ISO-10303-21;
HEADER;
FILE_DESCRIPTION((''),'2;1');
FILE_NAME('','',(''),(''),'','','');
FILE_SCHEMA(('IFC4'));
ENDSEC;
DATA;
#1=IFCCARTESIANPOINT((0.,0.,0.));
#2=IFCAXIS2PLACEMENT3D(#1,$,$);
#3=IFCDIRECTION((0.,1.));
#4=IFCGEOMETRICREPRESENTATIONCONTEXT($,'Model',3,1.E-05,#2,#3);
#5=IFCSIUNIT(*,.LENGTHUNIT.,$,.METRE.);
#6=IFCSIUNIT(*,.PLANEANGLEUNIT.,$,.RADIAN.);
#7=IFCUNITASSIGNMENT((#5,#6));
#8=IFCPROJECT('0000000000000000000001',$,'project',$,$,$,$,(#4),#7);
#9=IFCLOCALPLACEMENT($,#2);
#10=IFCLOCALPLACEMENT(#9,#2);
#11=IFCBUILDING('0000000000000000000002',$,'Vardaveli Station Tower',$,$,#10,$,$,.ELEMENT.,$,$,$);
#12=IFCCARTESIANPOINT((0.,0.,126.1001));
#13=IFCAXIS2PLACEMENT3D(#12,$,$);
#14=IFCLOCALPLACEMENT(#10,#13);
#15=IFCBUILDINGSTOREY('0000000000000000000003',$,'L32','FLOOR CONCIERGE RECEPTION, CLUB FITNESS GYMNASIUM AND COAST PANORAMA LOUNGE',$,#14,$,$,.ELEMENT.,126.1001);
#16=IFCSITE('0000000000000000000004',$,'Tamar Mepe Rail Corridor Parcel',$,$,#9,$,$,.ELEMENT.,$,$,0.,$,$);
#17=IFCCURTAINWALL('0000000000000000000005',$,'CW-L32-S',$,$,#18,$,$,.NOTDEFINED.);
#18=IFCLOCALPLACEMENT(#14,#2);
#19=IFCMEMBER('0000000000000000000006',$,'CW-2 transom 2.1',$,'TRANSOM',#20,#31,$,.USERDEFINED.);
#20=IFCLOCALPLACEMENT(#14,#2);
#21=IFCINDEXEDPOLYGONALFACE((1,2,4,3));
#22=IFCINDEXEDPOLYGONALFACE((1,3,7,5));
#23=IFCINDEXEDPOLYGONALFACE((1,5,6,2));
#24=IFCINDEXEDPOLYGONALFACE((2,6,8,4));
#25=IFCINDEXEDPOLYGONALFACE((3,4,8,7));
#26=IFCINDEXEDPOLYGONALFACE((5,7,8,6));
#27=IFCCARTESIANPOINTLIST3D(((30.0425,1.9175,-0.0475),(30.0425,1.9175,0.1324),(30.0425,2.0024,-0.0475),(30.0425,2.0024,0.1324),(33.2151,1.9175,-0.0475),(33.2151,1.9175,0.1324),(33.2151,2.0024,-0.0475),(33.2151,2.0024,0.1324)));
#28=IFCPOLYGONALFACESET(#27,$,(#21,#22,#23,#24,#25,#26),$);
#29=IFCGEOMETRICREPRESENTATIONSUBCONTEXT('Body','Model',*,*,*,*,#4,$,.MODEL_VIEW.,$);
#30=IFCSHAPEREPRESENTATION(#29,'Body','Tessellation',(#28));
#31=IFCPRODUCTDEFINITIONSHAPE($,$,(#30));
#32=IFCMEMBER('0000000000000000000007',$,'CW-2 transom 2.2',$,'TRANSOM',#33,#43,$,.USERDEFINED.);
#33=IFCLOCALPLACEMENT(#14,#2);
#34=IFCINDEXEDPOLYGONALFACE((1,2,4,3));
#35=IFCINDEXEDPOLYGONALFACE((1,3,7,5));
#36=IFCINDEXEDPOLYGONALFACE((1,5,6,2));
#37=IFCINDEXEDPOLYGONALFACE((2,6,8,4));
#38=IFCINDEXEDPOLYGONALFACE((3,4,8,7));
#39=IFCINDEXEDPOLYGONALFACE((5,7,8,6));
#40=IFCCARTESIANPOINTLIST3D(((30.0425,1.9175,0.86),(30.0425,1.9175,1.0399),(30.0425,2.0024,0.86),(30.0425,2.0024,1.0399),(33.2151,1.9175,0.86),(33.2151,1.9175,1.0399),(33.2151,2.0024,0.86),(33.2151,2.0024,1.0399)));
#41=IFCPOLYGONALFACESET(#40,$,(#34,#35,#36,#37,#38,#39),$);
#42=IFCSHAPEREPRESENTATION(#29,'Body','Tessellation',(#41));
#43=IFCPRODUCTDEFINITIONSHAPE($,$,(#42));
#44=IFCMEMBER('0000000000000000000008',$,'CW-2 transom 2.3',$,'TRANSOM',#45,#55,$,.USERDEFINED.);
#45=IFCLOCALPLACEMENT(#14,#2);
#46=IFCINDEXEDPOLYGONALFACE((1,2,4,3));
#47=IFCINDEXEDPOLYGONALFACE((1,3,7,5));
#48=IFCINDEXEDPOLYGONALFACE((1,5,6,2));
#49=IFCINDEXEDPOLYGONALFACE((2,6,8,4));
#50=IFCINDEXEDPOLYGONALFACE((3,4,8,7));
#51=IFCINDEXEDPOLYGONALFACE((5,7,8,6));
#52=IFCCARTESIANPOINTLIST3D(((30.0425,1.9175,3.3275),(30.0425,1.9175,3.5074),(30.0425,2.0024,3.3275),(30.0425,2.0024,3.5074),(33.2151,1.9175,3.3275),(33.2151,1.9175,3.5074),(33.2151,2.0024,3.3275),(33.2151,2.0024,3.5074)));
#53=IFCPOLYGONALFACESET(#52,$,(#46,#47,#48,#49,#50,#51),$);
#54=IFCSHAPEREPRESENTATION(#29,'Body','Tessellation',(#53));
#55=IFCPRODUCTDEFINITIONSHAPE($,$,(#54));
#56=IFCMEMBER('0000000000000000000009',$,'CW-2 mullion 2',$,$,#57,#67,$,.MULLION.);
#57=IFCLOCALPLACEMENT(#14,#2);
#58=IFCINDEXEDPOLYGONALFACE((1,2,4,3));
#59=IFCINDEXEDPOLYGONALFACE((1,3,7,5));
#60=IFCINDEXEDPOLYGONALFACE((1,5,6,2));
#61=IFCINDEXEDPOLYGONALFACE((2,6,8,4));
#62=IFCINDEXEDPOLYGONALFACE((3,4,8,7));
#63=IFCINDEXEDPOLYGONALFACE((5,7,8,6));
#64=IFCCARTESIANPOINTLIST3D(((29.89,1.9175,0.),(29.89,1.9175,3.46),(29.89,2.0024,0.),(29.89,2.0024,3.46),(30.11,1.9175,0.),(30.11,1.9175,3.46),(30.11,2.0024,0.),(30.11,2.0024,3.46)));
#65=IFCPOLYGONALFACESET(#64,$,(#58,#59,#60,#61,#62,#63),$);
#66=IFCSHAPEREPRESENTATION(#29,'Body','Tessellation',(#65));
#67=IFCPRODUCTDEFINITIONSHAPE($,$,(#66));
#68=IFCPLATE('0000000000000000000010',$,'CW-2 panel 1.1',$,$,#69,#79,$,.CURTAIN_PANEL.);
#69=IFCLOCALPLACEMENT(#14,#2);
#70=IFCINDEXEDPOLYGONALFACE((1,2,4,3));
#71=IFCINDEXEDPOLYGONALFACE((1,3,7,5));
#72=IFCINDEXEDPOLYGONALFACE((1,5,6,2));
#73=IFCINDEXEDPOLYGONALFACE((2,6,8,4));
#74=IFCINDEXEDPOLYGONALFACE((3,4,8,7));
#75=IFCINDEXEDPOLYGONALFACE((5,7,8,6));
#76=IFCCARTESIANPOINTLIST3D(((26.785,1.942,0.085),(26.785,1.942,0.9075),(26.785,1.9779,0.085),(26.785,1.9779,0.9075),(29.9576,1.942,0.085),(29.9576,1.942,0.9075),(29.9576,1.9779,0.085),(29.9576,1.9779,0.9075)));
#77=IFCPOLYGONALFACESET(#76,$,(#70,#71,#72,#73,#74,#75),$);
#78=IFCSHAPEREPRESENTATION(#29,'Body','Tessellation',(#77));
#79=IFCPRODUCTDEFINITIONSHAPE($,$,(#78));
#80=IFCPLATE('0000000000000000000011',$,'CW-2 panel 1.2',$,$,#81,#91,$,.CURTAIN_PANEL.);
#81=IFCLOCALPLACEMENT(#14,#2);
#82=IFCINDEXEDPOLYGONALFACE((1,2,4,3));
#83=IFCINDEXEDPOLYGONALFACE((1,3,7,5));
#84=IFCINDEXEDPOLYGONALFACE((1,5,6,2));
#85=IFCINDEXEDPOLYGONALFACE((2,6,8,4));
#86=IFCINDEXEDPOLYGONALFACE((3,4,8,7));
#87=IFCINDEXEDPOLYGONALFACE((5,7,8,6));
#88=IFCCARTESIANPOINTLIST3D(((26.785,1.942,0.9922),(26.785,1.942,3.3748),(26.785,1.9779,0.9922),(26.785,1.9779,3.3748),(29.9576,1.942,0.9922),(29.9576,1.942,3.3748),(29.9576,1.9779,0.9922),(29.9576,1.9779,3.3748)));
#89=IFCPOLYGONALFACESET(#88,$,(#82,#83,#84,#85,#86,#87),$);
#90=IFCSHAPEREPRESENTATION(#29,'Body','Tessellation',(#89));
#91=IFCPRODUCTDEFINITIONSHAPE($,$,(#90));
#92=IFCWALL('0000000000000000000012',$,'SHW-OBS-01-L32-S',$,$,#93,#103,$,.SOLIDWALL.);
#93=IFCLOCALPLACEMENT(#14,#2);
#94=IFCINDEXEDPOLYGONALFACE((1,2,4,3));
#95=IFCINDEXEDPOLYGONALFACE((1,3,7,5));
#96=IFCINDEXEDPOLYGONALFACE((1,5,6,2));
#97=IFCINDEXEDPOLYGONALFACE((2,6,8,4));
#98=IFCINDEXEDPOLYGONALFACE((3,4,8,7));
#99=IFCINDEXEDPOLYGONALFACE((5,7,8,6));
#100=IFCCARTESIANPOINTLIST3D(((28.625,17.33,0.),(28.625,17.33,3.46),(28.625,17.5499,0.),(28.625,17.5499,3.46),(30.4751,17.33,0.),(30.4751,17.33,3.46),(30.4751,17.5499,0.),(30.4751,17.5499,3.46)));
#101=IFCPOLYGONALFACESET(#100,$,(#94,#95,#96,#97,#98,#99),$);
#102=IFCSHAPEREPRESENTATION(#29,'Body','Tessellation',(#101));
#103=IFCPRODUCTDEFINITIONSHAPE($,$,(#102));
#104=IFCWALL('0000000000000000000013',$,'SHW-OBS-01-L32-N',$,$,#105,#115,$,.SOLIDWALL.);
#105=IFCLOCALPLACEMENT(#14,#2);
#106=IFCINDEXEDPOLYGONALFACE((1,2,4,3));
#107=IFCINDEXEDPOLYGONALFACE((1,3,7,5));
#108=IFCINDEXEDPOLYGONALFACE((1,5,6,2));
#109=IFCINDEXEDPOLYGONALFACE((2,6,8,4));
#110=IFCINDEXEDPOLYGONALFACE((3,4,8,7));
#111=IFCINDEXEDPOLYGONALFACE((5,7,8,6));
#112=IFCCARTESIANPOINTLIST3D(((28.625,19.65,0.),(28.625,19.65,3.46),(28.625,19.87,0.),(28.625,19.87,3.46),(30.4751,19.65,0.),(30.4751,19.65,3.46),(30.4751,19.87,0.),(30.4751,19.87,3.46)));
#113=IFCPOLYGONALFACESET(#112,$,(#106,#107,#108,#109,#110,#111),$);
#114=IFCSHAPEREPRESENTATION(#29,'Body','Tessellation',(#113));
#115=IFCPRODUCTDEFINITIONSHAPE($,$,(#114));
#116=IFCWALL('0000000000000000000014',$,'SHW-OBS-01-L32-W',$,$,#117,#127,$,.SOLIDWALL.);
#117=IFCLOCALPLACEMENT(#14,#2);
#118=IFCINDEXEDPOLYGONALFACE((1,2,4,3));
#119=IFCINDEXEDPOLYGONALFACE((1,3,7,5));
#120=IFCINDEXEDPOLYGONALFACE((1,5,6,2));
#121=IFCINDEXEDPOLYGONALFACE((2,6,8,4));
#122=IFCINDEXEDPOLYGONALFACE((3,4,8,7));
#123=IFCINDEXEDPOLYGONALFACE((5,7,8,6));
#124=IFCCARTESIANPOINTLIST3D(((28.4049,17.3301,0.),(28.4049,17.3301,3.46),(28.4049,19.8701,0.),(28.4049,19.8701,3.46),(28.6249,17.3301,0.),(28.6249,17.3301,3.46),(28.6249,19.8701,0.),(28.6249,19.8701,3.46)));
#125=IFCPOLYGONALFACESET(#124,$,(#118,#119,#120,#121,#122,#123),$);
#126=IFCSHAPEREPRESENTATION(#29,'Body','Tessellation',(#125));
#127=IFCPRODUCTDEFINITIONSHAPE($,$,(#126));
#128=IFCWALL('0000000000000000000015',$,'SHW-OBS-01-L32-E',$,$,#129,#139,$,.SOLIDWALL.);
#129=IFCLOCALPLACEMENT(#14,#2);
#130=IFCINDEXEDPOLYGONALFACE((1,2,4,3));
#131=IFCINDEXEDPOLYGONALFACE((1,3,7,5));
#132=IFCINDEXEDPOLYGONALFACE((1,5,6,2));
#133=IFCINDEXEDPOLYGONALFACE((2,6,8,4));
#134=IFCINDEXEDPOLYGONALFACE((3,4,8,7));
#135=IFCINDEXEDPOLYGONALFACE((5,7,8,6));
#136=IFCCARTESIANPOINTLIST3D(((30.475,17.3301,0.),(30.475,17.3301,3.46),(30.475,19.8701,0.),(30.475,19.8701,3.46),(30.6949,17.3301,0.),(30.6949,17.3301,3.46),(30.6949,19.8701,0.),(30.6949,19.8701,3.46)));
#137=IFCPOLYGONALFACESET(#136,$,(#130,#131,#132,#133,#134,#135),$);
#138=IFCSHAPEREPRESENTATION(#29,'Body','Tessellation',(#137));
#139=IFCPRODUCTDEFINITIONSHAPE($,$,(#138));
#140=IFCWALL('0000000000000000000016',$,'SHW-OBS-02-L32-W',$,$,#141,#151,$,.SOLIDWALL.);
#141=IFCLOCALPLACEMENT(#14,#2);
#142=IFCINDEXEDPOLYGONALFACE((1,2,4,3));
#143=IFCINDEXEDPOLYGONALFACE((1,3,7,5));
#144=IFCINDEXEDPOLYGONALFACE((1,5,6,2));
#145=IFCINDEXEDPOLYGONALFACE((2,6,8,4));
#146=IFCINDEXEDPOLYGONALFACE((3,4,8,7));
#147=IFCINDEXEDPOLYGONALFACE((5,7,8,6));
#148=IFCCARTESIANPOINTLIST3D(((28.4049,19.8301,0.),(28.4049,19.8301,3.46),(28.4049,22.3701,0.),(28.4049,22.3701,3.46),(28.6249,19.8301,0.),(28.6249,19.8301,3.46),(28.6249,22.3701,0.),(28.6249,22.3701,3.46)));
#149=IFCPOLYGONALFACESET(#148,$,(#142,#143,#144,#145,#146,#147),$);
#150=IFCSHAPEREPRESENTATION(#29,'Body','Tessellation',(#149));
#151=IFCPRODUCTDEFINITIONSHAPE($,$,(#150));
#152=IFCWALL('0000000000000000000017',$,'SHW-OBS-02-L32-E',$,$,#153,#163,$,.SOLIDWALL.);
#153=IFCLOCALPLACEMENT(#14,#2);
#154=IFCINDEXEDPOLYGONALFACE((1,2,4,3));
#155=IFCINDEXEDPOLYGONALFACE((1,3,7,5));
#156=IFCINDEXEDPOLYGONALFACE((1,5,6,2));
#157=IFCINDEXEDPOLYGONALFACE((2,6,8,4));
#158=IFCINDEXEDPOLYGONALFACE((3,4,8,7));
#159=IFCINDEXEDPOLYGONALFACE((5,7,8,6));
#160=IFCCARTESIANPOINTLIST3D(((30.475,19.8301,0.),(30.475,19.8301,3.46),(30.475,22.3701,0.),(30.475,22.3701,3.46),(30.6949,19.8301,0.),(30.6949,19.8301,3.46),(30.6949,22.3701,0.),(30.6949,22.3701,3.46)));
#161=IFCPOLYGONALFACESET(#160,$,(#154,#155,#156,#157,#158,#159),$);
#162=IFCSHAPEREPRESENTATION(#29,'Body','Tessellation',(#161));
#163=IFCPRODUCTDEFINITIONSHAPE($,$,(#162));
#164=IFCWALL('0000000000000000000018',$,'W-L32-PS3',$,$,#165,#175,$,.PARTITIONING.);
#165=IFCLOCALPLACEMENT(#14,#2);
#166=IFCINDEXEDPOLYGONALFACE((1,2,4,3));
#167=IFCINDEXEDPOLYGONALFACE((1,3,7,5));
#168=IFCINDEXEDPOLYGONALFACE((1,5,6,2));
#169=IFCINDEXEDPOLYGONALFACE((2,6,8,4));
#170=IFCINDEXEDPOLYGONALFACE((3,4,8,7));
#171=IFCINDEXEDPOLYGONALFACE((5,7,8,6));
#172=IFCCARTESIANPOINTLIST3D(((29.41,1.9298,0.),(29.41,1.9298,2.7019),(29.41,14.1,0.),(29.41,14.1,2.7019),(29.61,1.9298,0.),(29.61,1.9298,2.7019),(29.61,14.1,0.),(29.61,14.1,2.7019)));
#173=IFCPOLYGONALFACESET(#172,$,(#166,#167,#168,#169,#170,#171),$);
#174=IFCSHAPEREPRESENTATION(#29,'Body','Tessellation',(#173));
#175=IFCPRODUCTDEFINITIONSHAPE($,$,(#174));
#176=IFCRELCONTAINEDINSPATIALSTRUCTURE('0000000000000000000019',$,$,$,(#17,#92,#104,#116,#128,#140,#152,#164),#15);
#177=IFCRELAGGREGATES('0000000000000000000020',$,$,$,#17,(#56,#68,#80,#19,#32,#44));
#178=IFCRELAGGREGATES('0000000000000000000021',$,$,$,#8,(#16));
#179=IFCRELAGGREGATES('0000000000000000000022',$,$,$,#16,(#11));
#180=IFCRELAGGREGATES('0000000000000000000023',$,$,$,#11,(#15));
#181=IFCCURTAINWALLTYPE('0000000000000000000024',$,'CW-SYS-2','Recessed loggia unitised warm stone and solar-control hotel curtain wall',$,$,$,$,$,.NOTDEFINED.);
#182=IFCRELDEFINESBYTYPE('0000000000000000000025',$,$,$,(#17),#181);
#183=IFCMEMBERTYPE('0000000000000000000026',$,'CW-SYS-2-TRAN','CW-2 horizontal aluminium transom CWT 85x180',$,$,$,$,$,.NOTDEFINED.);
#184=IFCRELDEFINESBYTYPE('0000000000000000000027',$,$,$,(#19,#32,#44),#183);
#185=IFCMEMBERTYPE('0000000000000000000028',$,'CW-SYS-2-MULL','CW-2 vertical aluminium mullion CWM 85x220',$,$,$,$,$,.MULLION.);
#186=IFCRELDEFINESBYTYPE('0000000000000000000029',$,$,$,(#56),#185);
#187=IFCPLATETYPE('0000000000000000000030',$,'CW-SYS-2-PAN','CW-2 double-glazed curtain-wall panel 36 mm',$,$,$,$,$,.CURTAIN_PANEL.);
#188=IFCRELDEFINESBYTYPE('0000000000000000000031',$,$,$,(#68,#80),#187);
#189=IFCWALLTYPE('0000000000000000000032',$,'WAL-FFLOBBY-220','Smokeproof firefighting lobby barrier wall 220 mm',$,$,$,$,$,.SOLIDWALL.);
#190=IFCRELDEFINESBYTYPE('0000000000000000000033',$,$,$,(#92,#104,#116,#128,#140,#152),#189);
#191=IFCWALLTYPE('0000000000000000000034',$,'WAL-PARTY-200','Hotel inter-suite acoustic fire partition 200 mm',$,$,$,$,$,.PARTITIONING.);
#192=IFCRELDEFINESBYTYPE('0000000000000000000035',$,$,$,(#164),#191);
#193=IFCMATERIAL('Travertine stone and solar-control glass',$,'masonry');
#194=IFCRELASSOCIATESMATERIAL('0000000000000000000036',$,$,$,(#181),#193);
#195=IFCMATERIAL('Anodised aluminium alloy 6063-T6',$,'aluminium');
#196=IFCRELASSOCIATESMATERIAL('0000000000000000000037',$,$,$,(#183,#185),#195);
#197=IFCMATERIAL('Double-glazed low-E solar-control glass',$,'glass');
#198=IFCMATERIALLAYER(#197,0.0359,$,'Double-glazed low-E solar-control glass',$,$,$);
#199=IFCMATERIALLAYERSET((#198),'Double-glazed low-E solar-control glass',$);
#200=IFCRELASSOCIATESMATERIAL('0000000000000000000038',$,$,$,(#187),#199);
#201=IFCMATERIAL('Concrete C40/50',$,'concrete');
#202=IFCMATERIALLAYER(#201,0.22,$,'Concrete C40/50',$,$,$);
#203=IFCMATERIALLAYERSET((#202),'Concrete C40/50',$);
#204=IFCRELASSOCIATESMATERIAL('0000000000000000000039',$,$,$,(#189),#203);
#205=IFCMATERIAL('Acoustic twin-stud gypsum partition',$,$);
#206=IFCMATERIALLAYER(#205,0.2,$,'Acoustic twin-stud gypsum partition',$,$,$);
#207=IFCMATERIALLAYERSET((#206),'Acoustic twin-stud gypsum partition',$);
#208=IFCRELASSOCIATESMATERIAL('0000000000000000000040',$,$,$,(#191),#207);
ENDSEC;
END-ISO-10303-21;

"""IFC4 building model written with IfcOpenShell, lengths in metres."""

from ifc_helpers import new_model, si_unit, direction, frame, frame_2d, origin, origin_2d, place, context, subcontext, project, spatial, rectangle, extrude, source, transform, mapped, material, layer, layer_set, material_profile, profile_set, type_object, element, aggregate, save


model = new_model("IFC4")

# Units and contexts
model_context = context("Model", 3, precision=1e-05, world=origin(), true_north=direction((0.0, 1.0)))
body_context = subcontext(model_context, "Body", "Model", "MODEL_VIEW")
ifc_project = project(units=[si_unit("LENGTHUNIT", "METRE"), si_unit("PLANEANGLEUNIT", "RADIAN")], contexts=[model_context])

# Site, building, storey
site_placement = place(None, origin())
site = spatial("IfcSite", under=ifc_project, at=site_placement, Name="Tamar Mepe Rail Corridor Parcel", CompositionType="ELEMENT", RefElevation=0.0)
building_placement = place(site_placement, origin())
building = spatial("IfcBuilding", under=site, at=building_placement, Name="Vardaveli Station Tower", CompositionType="ELEMENT")
storey_placement = place(building_placement, frame((0.0, 0.0, 126.1001)))
storey = spatial("IfcBuildingStorey", under=building, at=storey_placement, Name="L32", Description="FLOOR CONCIERGE RECEPTION, CLUB FITNESS GYMNASIUM AND COAST PANORAMA LOUNGE", CompositionType="ELEMENT", Elevation=126.1001)

# Curtain wall, members, plates
ifc_material_1 = material(Name="Travertine stone and solar-control glass", Category="masonry")
curtain_wall_type = type_object("IfcCurtainWallType", Name="CW-SYS-2", Description="Recessed loggia unitised warm stone and solar-control hotel curtain wall", PredefinedType="NOTDEFINED", material=ifc_material_1)
curtain_wall_placement = place(storey_placement, origin())
curtain_wall = element("IfcCurtainWall", 1, at=curtain_wall_placement, inside=storey, type_object=curtain_wall_type, Name="CW-L32-S", PredefinedType="NOTDEFINED")
ifc_material_2 = material(Name="Anodised aluminium alloy 6063-T6", Category="aluminium")
ifc_material_profile_1 = material_profile(ifc_material_2, rectangle(XDim=0.085, YDim=0.1799, at=origin_2d()), Name="CWT 85x180")
ifc_profile_set_1 = profile_set([ifc_material_profile_1], Name="Anodised aluminium alloy 6063-T6")
member_type_1 = type_object("IfcMemberType", Name="CW-SYS-2-TRAN", Description="CW-2 horizontal aluminium transom CWT 85x180", PredefinedType="NOTDEFINED", material=ifc_profile_set_1)
shared_shape_1 = source(origin(), body_context, "Body", "SweptSolid", [
    extrude(rectangle(XDim=0.085, YDim=0.1799, at=origin_2d()), origin(), (0.0, 0.0, 1.0), 3.1726),
])
member_1_placement = place(storey_placement, frame((30.0425, 1.96, 0.0425), z_axis=(1.0, 0.0, 0.0), x_axis=(0.0, 1.0, 0.0)))
member_1 = element("IfcMember", 2, at=member_1_placement, type_object=member_type_1, Name="CW-2 transom 2.1", ObjectType="TRANSOM", PredefinedType="USERDEFINED", context=body_context, shape_type="MappedRepresentation", body=[
    mapped(shared_shape_1, transform((0.0, 0.0, 0.0), scale=1.0)),
])
member_2_placement = place(storey_placement, frame((30.0425, 1.96, 0.95), z_axis=(1.0, 0.0, 0.0), x_axis=(0.0, 1.0, 0.0)))
member_2 = element("IfcMember", 3, at=member_2_placement, type_object=member_type_1, Name="CW-2 transom 2.2", ObjectType="TRANSOM", PredefinedType="USERDEFINED", context=body_context, shape_type="MappedRepresentation", body=[
    mapped(shared_shape_1, transform((0.0, 0.0, 0.0), scale=1.0)),
])
member_3_placement = place(storey_placement, frame((30.0425, 1.96, 3.4175), z_axis=(1.0, 0.0, 0.0), x_axis=(0.0, 1.0, 0.0)))
member_3 = element("IfcMember", 4, at=member_3_placement, type_object=member_type_1, Name="CW-2 transom 2.3", ObjectType="TRANSOM", PredefinedType="USERDEFINED", context=body_context, shape_type="MappedRepresentation", body=[
    mapped(shared_shape_1, transform((0.0, 0.0, 0.0), scale=1.0)),
])
ifc_material_profile_2 = material_profile(ifc_material_2, rectangle(XDim=0.085, YDim=0.22, at=origin_2d()), Name="CWM 85x220")
ifc_profile_set_2 = profile_set([ifc_material_profile_2], Name="Anodised aluminium alloy 6063-T6")
member_type_2 = type_object("IfcMemberType", Name="CW-SYS-2-MULL", Description="CW-2 vertical aluminium mullion CWM 85x220", PredefinedType="MULLION", material=ifc_profile_set_2)
shared_shape_2 = source(origin(), body_context, "Body", "SweptSolid", [
    extrude(rectangle(XDim=0.085, YDim=0.22, at=origin_2d()), origin(), (0.0, 0.0, 1.0), 3.46),
])
member_4_placement = place(storey_placement, frame((30.0, 1.96, 0.0), z_axis=(0.0, 0.0, 1.0), x_axis=(0.0, 1.0, 0.0)))
member_4 = element("IfcMember", 5, at=member_4_placement, type_object=member_type_2, Name="CW-2 mullion 2", PredefinedType="MULLION", context=body_context, shape_type="MappedRepresentation", body=[
    mapped(shared_shape_2, transform((0.0, 0.0, 0.0), scale=1.0)),
])
ifc_material_3 = material(Name="Double-glazed low-E solar-control glass", Category="glass")
ifc_layer_1 = layer(ifc_material_3, 0.0359, Name="Double-glazed low-E solar-control glass")
ifc_layer_set_1 = layer_set([ifc_layer_1], Name="Double-glazed low-E solar-control glass")
plate_type = type_object("IfcPlateType", Name="CW-SYS-2-PAN", Description="CW-2 double-glazed curtain-wall panel 36 mm", PredefinedType="CURTAIN_PANEL", material=ifc_layer_set_1)
shared_shape_3 = source(origin(), body_context, "Body", "SweptSolid", [
    extrude(rectangle(XDim=3.1726, YDim=0.0359, at=origin_2d()), origin(), (0.0, 0.0, 1.0), 0.8225),
])
plate_1_placement = place(storey_placement, frame((28.3713, 1.96, 0.085), z_axis=(0.0, 0.0, 1.0), x_axis=(1.0, 0.0, 0.0)))
plate_1 = element("IfcPlate", 6, at=plate_1_placement, type_object=plate_type, Name="CW-2 panel 1.1", PredefinedType="CURTAIN_PANEL", context=body_context, shape_type="MappedRepresentation", body=[
    mapped(shared_shape_3, transform((0.0, 0.0, 0.0), scale=1.0)),
])
shared_shape_4 = source(origin(), body_context, "Body", "SweptSolid", [
    extrude(rectangle(XDim=3.1726, YDim=0.0359, at=origin_2d()), origin(), (0.0, 0.0, 1.0), 2.3826),
])
plate_2_placement = place(storey_placement, frame((28.3713, 1.96, 0.9922), z_axis=(0.0, 0.0, 1.0), x_axis=(1.0, 0.0, 0.0)))
plate_2 = element("IfcPlate", 7, at=plate_2_placement, type_object=plate_type, Name="CW-2 panel 1.2", PredefinedType="CURTAIN_PANEL", context=body_context, shape_type="MappedRepresentation", body=[
    mapped(shared_shape_4, transform((0.0, 0.0, 0.0), scale=1.0)),
])
aggregate(curtain_wall, [member_4, plate_1, plate_2, member_1, member_2, member_3])

# Walls
ifc_material_4 = material(Name="Concrete C40/50", Category="concrete")
ifc_layer_2 = layer(ifc_material_4, 0.22, Name="Concrete C40/50")
ifc_layer_set_2 = layer_set([ifc_layer_2], Name="Concrete C40/50")
wall_type_1 = type_object("IfcWallType", Name="WAL-FFLOBBY-220", Description="Smokeproof firefighting lobby barrier wall 220 mm", PredefinedType="SOLIDWALL", material=ifc_layer_set_2)
shared_shape_5 = source(origin(), body_context, "Body", "SweptSolid", [
    extrude(rectangle(XDim=1.8501, YDim=0.22, at=frame_2d((0.925, 0.0))), origin(), (0.0, 0.0, 1.0), 3.46),
])
for number, where, z_axis, x_axis, name in (
    (8, (28.625, 17.4399, 0.0), (0.0, 0.0, 1.0), (1.0, 0.0, 0.0), "SHW-OBS-01-L32-S"),
    (9, (28.625, 19.76, 0.0), (0.0, 0.0, 1.0), (1.0, 0.0, 0.0), "SHW-OBS-01-L32-N"),
):
    element("IfcWall", number, at=place(storey_placement, frame(where, z_axis=z_axis, x_axis=x_axis)), inside=storey, type_object=wall_type_1, Name=name, PredefinedType="SOLIDWALL", context=body_context, shape_type="MappedRepresentation", body=[
        mapped(shared_shape_5, transform((0.0, 0.0, 0.0), scale=1.0)),
    ])
shared_shape_6 = source(origin(), body_context, "Body", "SweptSolid", [
    extrude(rectangle(XDim=2.54, YDim=0.22, at=frame_2d((1.27, 0.0))), origin(), (0.0, 0.0, 1.0), 3.46),
])
for number, where, z_axis, x_axis, name in (
    (10, (28.5149, 17.3301, 0.0), (0.0, 0.0, 1.0), (0.0, 1.0, 0.0), "SHW-OBS-01-L32-W"),
    (11, (30.585, 17.3301, 0.0), (0.0, 0.0, 1.0), (0.0, 1.0, 0.0), "SHW-OBS-01-L32-E"),
    (12, (28.5149, 19.8301, 0.0), (0.0, 0.0, 1.0), (0.0, 1.0, 0.0), "SHW-OBS-02-L32-W"),
    (13, (30.585, 19.8301, 0.0), (0.0, 0.0, 1.0), (0.0, 1.0, 0.0), "SHW-OBS-02-L32-E"),
):
    element("IfcWall", number, at=place(storey_placement, frame(where, z_axis=z_axis, x_axis=x_axis)), inside=storey, type_object=wall_type_1, Name=name, PredefinedType="SOLIDWALL", context=body_context, shape_type="MappedRepresentation", body=[
        mapped(shared_shape_6, transform((0.0, 0.0, 0.0), scale=1.0)),
    ])
ifc_material_5 = material(Name="Acoustic twin-stud gypsum partition")
ifc_layer_3 = layer(ifc_material_5, 0.2, Name="Acoustic twin-stud gypsum partition")
ifc_layer_set_3 = layer_set([ifc_layer_3], Name="Acoustic twin-stud gypsum partition")
wall_type_2 = type_object("IfcWallType", Name="WAL-PARTY-200", Description="Hotel inter-suite acoustic fire partition 200 mm", PredefinedType="PARTITIONING", material=ifc_layer_set_3)
shared_shape_7 = source(origin(), body_context, "Body", "SweptSolid", [
    extrude(rectangle(XDim=12.1702, YDim=0.2, at=frame_2d((6.085, 0.0))), origin(), (0.0, 0.0, 1.0), 2.7019),
])
wall_placement = place(storey_placement, frame((29.51, 1.9299, 0.0), z_axis=(0.0, 0.0, 1.0), x_axis=(0.0, 1.0, 0.0)))
element("IfcWall", 14, at=wall_placement, inside=storey, type_object=wall_type_2, Name="W-L32-PS3", PredefinedType="PARTITIONING", context=body_context, shape_type="MappedRepresentation", body=[
    mapped(shared_shape_7, transform((0.0, 0.0, 0.0), scale=1.0)),
])

save(model, "model.ifc")
